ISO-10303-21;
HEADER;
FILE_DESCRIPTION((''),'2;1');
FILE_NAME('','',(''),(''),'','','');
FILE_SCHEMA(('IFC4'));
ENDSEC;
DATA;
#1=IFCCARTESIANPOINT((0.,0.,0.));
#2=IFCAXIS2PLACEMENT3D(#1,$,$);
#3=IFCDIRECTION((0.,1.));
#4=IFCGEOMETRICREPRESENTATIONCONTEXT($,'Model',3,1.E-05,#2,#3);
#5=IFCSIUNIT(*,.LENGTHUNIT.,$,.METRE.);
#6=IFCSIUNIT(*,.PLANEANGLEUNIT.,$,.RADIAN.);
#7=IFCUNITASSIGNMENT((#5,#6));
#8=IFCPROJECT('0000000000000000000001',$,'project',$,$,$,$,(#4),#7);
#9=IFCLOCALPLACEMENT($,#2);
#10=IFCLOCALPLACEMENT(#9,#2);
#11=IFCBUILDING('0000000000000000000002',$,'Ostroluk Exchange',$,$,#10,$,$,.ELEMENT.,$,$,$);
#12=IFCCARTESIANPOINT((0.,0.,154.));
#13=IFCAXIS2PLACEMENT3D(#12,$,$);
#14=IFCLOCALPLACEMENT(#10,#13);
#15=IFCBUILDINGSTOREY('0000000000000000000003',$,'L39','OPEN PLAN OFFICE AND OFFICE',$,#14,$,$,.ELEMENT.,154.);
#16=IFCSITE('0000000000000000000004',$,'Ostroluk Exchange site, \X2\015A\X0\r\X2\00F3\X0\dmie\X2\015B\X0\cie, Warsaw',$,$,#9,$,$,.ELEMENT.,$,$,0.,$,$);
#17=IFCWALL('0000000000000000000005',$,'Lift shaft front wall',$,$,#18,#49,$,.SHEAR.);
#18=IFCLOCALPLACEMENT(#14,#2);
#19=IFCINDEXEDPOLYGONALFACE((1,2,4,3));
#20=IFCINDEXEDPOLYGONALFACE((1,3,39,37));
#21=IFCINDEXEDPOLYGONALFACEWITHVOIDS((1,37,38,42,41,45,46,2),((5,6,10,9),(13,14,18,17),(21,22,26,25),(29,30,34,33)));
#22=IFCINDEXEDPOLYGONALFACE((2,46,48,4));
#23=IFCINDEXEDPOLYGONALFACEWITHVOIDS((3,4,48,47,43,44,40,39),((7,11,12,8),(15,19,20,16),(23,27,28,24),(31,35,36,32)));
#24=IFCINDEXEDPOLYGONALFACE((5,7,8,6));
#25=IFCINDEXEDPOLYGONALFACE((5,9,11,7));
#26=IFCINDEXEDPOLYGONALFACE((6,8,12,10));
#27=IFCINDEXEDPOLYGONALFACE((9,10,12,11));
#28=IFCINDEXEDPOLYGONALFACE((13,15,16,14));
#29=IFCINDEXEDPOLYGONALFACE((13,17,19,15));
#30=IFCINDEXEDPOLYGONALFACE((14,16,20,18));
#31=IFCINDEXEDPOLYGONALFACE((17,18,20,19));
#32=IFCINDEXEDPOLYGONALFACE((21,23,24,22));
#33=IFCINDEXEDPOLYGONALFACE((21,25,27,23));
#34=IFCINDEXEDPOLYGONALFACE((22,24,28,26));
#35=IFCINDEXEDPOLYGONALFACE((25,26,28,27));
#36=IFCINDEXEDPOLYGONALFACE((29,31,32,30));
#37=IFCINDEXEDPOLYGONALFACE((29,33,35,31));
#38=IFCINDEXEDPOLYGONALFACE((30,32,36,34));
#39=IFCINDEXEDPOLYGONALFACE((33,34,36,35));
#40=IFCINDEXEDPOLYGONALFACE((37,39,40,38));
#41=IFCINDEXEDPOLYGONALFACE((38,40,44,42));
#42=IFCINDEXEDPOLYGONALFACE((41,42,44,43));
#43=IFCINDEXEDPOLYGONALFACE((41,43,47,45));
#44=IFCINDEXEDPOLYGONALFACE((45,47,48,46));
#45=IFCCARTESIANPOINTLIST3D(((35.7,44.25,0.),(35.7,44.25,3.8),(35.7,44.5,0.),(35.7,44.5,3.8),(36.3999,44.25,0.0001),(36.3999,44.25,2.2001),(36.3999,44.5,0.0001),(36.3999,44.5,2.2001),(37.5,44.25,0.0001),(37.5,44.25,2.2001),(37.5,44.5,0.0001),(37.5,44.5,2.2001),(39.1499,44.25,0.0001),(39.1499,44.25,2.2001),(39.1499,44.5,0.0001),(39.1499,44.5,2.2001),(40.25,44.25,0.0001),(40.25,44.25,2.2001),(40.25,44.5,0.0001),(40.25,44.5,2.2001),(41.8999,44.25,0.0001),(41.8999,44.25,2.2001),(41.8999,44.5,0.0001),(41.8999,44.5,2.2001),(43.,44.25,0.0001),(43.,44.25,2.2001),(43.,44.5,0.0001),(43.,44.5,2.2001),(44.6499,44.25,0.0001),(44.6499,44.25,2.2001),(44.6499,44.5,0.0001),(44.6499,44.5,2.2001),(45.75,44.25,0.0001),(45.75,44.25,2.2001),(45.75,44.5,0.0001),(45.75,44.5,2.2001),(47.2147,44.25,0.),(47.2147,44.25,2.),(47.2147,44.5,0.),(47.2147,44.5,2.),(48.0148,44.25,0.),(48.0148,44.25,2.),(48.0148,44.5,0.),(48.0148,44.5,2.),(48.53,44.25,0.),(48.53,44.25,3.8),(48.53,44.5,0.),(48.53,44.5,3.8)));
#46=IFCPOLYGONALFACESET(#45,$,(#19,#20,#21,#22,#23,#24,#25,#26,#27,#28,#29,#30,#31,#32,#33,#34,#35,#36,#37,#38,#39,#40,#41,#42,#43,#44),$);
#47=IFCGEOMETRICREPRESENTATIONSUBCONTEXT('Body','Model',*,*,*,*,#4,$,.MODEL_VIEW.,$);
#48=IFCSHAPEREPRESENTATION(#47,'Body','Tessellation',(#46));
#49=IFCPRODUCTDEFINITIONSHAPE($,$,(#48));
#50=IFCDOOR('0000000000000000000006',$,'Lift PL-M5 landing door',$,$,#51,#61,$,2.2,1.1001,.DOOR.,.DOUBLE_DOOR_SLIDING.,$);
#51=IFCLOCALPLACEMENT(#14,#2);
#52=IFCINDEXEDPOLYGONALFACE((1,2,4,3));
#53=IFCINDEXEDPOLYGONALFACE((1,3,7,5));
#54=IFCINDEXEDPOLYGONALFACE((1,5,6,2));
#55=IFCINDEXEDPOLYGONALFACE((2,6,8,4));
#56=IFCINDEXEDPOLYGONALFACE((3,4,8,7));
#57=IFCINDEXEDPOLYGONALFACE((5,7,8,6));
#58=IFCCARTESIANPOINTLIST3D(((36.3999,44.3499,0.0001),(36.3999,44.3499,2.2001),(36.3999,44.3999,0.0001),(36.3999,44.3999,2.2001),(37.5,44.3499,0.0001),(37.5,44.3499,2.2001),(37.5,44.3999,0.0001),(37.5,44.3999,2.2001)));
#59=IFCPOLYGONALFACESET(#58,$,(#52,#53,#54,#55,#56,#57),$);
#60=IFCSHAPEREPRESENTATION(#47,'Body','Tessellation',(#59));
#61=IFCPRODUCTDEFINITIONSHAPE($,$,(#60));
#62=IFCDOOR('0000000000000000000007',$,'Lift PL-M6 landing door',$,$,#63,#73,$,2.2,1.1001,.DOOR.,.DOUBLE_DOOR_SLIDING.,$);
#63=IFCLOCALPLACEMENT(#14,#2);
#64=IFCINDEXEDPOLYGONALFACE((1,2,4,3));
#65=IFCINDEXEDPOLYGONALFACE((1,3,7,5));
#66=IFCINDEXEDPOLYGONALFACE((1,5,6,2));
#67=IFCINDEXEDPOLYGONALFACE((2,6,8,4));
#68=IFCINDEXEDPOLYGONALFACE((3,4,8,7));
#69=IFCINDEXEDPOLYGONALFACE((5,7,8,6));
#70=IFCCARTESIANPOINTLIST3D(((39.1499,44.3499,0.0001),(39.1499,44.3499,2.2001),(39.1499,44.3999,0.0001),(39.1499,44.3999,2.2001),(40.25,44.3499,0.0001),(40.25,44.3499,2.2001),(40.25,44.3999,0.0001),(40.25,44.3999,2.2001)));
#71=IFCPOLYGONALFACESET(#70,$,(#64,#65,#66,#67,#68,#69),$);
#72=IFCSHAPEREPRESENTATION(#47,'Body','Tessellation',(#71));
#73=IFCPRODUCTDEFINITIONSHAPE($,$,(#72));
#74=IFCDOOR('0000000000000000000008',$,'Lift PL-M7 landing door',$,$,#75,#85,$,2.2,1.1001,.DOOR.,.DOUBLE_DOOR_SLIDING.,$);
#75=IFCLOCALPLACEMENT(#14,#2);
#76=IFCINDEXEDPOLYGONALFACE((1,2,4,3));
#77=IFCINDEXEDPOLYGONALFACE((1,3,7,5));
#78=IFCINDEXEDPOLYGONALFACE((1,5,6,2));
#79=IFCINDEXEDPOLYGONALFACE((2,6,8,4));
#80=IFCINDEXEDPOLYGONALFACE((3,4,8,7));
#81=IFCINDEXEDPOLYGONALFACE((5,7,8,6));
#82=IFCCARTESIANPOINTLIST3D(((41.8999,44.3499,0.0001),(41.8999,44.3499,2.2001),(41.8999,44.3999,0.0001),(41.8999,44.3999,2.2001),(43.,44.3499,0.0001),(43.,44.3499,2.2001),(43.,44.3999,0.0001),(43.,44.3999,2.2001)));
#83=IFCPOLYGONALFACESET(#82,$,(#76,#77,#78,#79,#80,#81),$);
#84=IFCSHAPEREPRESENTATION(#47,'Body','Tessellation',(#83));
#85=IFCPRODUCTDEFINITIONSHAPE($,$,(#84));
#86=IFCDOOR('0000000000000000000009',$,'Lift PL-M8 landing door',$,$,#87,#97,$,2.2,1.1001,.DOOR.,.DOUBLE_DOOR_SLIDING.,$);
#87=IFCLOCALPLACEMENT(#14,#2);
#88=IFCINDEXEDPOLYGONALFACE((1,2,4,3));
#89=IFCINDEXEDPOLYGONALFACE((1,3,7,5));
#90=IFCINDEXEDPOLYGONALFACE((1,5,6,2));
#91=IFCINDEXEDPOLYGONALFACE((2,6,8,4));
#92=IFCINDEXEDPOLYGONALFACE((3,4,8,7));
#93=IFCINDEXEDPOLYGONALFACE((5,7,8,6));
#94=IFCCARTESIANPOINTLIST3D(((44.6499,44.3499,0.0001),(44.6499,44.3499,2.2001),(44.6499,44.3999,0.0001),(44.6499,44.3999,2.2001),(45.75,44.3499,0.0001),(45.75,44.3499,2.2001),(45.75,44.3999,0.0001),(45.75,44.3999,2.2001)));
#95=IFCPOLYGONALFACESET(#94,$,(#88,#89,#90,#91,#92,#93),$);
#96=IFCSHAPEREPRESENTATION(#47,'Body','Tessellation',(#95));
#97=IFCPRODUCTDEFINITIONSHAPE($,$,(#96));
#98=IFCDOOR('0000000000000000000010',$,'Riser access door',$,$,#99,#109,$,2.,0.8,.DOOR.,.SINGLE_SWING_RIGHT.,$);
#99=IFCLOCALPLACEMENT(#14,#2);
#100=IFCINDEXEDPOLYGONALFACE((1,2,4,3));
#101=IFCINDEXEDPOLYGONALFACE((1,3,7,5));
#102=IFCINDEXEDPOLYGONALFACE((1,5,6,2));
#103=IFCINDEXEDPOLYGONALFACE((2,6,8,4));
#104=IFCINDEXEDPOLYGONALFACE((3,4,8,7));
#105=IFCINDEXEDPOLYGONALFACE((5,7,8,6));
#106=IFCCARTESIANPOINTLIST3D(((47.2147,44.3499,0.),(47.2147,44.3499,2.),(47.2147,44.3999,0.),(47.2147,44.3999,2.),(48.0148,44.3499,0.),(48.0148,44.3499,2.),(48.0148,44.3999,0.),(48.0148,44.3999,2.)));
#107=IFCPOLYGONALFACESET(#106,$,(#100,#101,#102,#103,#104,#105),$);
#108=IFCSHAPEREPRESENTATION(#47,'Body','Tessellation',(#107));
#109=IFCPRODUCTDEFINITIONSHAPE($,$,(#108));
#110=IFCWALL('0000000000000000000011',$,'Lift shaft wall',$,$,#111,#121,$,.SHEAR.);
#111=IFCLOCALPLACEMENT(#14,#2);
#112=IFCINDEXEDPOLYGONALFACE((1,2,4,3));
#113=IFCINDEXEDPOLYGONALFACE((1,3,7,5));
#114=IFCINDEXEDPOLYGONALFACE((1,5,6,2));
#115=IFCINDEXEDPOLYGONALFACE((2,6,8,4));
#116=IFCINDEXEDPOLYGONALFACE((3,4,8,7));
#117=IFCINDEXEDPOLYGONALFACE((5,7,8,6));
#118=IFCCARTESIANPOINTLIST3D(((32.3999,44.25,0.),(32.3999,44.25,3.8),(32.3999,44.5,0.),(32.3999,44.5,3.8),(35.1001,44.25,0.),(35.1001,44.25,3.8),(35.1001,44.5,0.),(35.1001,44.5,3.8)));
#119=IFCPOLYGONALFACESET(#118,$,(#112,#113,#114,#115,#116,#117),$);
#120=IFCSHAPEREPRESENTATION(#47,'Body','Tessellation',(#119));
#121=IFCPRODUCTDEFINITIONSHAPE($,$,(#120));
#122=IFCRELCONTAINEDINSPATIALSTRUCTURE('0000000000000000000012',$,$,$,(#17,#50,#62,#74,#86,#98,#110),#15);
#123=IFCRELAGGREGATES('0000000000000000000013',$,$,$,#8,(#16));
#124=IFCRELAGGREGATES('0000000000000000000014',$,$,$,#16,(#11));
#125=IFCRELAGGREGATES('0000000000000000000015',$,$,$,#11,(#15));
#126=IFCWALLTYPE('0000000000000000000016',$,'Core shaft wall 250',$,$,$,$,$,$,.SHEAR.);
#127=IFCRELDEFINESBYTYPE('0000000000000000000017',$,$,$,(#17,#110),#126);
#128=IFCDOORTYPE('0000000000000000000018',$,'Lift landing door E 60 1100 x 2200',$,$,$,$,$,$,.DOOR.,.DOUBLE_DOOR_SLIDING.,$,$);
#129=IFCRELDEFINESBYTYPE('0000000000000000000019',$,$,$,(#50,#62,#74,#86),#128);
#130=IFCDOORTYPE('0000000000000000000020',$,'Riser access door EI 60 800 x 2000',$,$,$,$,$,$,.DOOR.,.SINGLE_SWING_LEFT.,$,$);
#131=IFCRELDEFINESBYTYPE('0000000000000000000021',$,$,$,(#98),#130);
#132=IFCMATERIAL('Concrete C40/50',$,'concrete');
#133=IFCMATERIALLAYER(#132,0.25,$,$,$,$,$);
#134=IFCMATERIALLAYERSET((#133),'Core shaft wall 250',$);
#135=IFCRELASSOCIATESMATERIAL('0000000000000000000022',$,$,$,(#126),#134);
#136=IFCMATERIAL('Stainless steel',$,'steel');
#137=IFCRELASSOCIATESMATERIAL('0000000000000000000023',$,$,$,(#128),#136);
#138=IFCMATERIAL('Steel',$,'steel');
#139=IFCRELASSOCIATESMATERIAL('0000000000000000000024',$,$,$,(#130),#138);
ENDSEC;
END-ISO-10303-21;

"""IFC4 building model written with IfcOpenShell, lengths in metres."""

from ifc_helpers import new_model, si_unit, direction, frame, frame_2d, origin, place, context, subcontext, project, spatial, rectangle, extrude, material, layer, layer_set, type_object, element, fill, save


model = new_model("IFC4")

# Units and contexts
model_context = context("Model", 3, precision=1e-05, world=origin(), true_north=direction((0.0, 1.0)))
body_context = subcontext(model_context, "Body", "Model", "MODEL_VIEW")
ifc_project = project(units=[si_unit("LENGTHUNIT", "METRE"), si_unit("PLANEANGLEUNIT", "RADIAN")], contexts=[model_context])

# Site, building, storey
site_placement = place(None, origin())
site = spatial("IfcSite", under=ifc_project, at=site_placement, Name="Ostroluk Exchange site, Śródmieście, Warsaw", CompositionType="ELEMENT", RefElevation=0.0)
building_placement = place(site_placement, origin())
building = spatial("IfcBuilding", under=site, at=building_placement, Name="Ostroluk Exchange", CompositionType="ELEMENT")
storey_placement = place(building_placement, frame((0.0, 0.0, 154.0)))
storey = spatial("IfcBuildingStorey", under=building, at=storey_placement, Name="L39", Description="OPEN PLAN OFFICE AND OFFICE", CompositionType="ELEMENT", Elevation=154.0)

# Shared definitions
ifc_material_1 = material(Name="Concrete C40/50", Category="concrete")
ifc_layer_1 = layer(ifc_material_1, 0.25)
ifc_layer_set_1 = layer_set([ifc_layer_1], Name="Core shaft wall 250")
wall_type_1 = type_object("IfcWallType", Name="Core shaft wall 250", PredefinedType="SHEAR", material=ifc_layer_set_1)

# Wall, openings, doors
wall_1_placement = place(storey_placement, frame((35.7, 44.375, 0.0), z_axis=(0.0, 0.0, 1.0), x_axis=(1.0, 0.0, 0.0)))
wall_1 = element("IfcWall", 1, at=wall_1_placement, inside=storey, type_object=wall_type_1, Name="Lift shaft front wall", PredefinedType="SHEAR", context=body_context, shape_type="SweptSolid", body=[
    extrude(rectangle(XDim=12.8301, YDim=0.25, at=frame_2d((6.415, 0.0))), origin(), (0.0, 0.0, 1.0), 3.8),
])
opening_1_placement = place(wall_1_placement, frame((0.7, 0.0, 0.0)))
opening_1 = element("IfcOpeningElement", 2, at=opening_1_placement, cuts=wall_1, PredefinedType="OPENING", context=body_context, shape_type="SweptSolid", body=[
    extrude(rectangle(XDim=1.1001, YDim=2.2, at=frame_2d((0.55, 1.1001))), frame((0.0, 0.135, 0.0), z_axis=(0.0, -1.0, 0.0), x_axis=(1.0, 0.0, 0.0)), (0.0, 0.0, 1.0), 0.27),
])
opening_2_placement = place(wall_1_placement, frame((3.45, 0.0, 0.0)))
opening_2 = element("IfcOpeningElement", 3, at=opening_2_placement, cuts=wall_1, PredefinedType="OPENING", context=body_context, shape_type="SweptSolid", body=[
    extrude(rectangle(XDim=1.1001, YDim=2.2, at=frame_2d((0.55, 1.1001))), frame((0.0, 0.135, 0.0), z_axis=(0.0, -1.0, 0.0), x_axis=(1.0, 0.0, 0.0)), (0.0, 0.0, 1.0), 0.27),
])
opening_3_placement = place(wall_1_placement, frame((6.2, 0.0, 0.0)))
opening_3 = element("IfcOpeningElement", 4, at=opening_3_placement, cuts=wall_1, PredefinedType="OPENING", context=body_context, shape_type="SweptSolid", body=[
    extrude(rectangle(XDim=1.1001, YDim=2.2, at=frame_2d((0.55, 1.1001))), frame((0.0, 0.135, 0.0), z_axis=(0.0, -1.0, 0.0), x_axis=(1.0, 0.0, 0.0)), (0.0, 0.0, 1.0), 0.27),
])
opening_4_placement = place(wall_1_placement, frame((8.95, 0.0, 0.0)))
opening_4 = element("IfcOpeningElement", 5, at=opening_4_placement, cuts=wall_1, PredefinedType="OPENING", context=body_context, shape_type="SweptSolid", body=[
    extrude(rectangle(XDim=1.1001, YDim=2.2, at=frame_2d((0.55, 1.1001))), frame((0.0, 0.135, 0.0), z_axis=(0.0, -1.0, 0.0), x_axis=(1.0, 0.0, 0.0)), (0.0, 0.0, 1.0), 0.27),
])
opening_5_placement = place(wall_1_placement, frame((11.5149, 0.0, 0.0)))
opening_5 = element("IfcOpeningElement", 6, at=opening_5_placement, cuts=wall_1, PredefinedType="OPENING", context=body_context, shape_type="SweptSolid", body=[
    extrude(rectangle(XDim=0.8, YDim=2.0, at=frame_2d((0.3999, 1.0))), frame((0.0, 0.135, 0.0), z_axis=(0.0, -1.0, 0.0), x_axis=(1.0, 0.0, 0.0)), (0.0, 0.0, 1.0), 0.27),
])
ifc_material_2 = material(Name="Stainless steel", Category="steel")
door_type_1 = type_object("IfcDoorType", Name="Lift landing door E 60 1100 x 2200", OperationType="DOUBLE_DOOR_SLIDING", PredefinedType="DOOR", material=ifc_material_2)
door_1_placement = place(opening_1_placement, origin())
door_1 = element("IfcDoor", 7, at=door_1_placement, inside=storey, type_object=door_type_1, Name="Lift PL-M5 landing door", OperationType="DOUBLE_DOOR_SLIDING", OverallHeight=2.2, OverallWidth=1.1001, PredefinedType="DOOR", context=body_context, shape_type="SweptSolid", body=[
    extrude(rectangle(XDim=1.1001, YDim=2.2, at=frame_2d((0.55, 1.1001))), frame((0.0, 0.0249, 0.0), z_axis=(0.0, -1.0, 0.0), x_axis=(1.0, 0.0, 0.0)), (0.0, 0.0, 1.0), 0.05),
])
fill(opening_1, door_1)
door_2_placement = place(opening_2_placement, origin())
door_2 = element("IfcDoor", 8, at=door_2_placement, inside=storey, type_object=door_type_1, Name="Lift PL-M6 landing door", OperationType="DOUBLE_DOOR_SLIDING", OverallHeight=2.2, OverallWidth=1.1001, PredefinedType="DOOR", context=body_context, shape_type="SweptSolid", body=[
    extrude(rectangle(XDim=1.1001, YDim=2.2, at=frame_2d((0.55, 1.1001))), frame((0.0, 0.0249, 0.0), z_axis=(0.0, -1.0, 0.0), x_axis=(1.0, 0.0, 0.0)), (0.0, 0.0, 1.0), 0.05),
])
fill(opening_2, door_2)
door_3_placement = place(opening_3_placement, origin())
door_3 = element("IfcDoor", 9, at=door_3_placement, inside=storey, type_object=door_type_1, Name="Lift PL-M7 landing door", OperationType="DOUBLE_DOOR_SLIDING", OverallHeight=2.2, OverallWidth=1.1001, PredefinedType="DOOR", context=body_context, shape_type="SweptSolid", body=[
    extrude(rectangle(XDim=1.1001, YDim=2.2, at=frame_2d((0.55, 1.1001))), frame((0.0, 0.0249, 0.0), z_axis=(0.0, -1.0, 0.0), x_axis=(1.0, 0.0, 0.0)), (0.0, 0.0, 1.0), 0.05),
])
fill(opening_3, door_3)
door_4_placement = place(opening_4_placement, origin())
door_4 = element("IfcDoor", 10, at=door_4_placement, inside=storey, type_object=door_type_1, Name="Lift PL-M8 landing door", OperationType="DOUBLE_DOOR_SLIDING", OverallHeight=2.2, OverallWidth=1.1001, PredefinedType="DOOR", context=body_context, shape_type="SweptSolid", body=[
    extrude(rectangle(XDim=1.1001, YDim=2.2, at=frame_2d((0.55, 1.1001))), frame((0.0, 0.0249, 0.0), z_axis=(0.0, -1.0, 0.0), x_axis=(1.0, 0.0, 0.0)), (0.0, 0.0, 1.0), 0.05),
])
fill(opening_4, door_4)
ifc_material_3 = material(Name="Steel", Category="steel")
door_type_2 = type_object("IfcDoorType", Name="Riser access door EI 60 800 x 2000", OperationType="SINGLE_SWING_LEFT", PredefinedType="DOOR", material=ifc_material_3)
door_5_placement = place(opening_5_placement, origin())
door_5 = element("IfcDoor", 11, at=door_5_placement, inside=storey, type_object=door_type_2, Name="Riser access door", OperationType="SINGLE_SWING_RIGHT", OverallHeight=2.0, OverallWidth=0.8, PredefinedType="DOOR", context=body_context, shape_type="SweptSolid", body=[
    extrude(rectangle(XDim=0.8, YDim=2.0, at=frame_2d((0.3999, 1.0))), frame((0.0, 0.0249, 0.0), z_axis=(0.0, -1.0, 0.0), x_axis=(1.0, 0.0, 0.0)), (0.0, 0.0, 1.0), 0.05),
])
fill(opening_5, door_5)

# Wall
wall_2_placement = place(storey_placement, frame((32.3999, 44.375, 0.0), z_axis=(0.0, 0.0, 1.0), x_axis=(1.0, 0.0, 0.0)))
element("IfcWall", 12, at=wall_2_placement, inside=storey, type_object=wall_type_1, Name="Lift shaft wall", PredefinedType="SHEAR", context=body_context, shape_type="SweptSolid", body=[
    extrude(rectangle(XDim=2.7002, YDim=0.25, at=frame_2d((1.3501, 0.0))), origin(), (0.0, 0.0, 1.0), 3.8),
])

save(model, "model.ifc")
